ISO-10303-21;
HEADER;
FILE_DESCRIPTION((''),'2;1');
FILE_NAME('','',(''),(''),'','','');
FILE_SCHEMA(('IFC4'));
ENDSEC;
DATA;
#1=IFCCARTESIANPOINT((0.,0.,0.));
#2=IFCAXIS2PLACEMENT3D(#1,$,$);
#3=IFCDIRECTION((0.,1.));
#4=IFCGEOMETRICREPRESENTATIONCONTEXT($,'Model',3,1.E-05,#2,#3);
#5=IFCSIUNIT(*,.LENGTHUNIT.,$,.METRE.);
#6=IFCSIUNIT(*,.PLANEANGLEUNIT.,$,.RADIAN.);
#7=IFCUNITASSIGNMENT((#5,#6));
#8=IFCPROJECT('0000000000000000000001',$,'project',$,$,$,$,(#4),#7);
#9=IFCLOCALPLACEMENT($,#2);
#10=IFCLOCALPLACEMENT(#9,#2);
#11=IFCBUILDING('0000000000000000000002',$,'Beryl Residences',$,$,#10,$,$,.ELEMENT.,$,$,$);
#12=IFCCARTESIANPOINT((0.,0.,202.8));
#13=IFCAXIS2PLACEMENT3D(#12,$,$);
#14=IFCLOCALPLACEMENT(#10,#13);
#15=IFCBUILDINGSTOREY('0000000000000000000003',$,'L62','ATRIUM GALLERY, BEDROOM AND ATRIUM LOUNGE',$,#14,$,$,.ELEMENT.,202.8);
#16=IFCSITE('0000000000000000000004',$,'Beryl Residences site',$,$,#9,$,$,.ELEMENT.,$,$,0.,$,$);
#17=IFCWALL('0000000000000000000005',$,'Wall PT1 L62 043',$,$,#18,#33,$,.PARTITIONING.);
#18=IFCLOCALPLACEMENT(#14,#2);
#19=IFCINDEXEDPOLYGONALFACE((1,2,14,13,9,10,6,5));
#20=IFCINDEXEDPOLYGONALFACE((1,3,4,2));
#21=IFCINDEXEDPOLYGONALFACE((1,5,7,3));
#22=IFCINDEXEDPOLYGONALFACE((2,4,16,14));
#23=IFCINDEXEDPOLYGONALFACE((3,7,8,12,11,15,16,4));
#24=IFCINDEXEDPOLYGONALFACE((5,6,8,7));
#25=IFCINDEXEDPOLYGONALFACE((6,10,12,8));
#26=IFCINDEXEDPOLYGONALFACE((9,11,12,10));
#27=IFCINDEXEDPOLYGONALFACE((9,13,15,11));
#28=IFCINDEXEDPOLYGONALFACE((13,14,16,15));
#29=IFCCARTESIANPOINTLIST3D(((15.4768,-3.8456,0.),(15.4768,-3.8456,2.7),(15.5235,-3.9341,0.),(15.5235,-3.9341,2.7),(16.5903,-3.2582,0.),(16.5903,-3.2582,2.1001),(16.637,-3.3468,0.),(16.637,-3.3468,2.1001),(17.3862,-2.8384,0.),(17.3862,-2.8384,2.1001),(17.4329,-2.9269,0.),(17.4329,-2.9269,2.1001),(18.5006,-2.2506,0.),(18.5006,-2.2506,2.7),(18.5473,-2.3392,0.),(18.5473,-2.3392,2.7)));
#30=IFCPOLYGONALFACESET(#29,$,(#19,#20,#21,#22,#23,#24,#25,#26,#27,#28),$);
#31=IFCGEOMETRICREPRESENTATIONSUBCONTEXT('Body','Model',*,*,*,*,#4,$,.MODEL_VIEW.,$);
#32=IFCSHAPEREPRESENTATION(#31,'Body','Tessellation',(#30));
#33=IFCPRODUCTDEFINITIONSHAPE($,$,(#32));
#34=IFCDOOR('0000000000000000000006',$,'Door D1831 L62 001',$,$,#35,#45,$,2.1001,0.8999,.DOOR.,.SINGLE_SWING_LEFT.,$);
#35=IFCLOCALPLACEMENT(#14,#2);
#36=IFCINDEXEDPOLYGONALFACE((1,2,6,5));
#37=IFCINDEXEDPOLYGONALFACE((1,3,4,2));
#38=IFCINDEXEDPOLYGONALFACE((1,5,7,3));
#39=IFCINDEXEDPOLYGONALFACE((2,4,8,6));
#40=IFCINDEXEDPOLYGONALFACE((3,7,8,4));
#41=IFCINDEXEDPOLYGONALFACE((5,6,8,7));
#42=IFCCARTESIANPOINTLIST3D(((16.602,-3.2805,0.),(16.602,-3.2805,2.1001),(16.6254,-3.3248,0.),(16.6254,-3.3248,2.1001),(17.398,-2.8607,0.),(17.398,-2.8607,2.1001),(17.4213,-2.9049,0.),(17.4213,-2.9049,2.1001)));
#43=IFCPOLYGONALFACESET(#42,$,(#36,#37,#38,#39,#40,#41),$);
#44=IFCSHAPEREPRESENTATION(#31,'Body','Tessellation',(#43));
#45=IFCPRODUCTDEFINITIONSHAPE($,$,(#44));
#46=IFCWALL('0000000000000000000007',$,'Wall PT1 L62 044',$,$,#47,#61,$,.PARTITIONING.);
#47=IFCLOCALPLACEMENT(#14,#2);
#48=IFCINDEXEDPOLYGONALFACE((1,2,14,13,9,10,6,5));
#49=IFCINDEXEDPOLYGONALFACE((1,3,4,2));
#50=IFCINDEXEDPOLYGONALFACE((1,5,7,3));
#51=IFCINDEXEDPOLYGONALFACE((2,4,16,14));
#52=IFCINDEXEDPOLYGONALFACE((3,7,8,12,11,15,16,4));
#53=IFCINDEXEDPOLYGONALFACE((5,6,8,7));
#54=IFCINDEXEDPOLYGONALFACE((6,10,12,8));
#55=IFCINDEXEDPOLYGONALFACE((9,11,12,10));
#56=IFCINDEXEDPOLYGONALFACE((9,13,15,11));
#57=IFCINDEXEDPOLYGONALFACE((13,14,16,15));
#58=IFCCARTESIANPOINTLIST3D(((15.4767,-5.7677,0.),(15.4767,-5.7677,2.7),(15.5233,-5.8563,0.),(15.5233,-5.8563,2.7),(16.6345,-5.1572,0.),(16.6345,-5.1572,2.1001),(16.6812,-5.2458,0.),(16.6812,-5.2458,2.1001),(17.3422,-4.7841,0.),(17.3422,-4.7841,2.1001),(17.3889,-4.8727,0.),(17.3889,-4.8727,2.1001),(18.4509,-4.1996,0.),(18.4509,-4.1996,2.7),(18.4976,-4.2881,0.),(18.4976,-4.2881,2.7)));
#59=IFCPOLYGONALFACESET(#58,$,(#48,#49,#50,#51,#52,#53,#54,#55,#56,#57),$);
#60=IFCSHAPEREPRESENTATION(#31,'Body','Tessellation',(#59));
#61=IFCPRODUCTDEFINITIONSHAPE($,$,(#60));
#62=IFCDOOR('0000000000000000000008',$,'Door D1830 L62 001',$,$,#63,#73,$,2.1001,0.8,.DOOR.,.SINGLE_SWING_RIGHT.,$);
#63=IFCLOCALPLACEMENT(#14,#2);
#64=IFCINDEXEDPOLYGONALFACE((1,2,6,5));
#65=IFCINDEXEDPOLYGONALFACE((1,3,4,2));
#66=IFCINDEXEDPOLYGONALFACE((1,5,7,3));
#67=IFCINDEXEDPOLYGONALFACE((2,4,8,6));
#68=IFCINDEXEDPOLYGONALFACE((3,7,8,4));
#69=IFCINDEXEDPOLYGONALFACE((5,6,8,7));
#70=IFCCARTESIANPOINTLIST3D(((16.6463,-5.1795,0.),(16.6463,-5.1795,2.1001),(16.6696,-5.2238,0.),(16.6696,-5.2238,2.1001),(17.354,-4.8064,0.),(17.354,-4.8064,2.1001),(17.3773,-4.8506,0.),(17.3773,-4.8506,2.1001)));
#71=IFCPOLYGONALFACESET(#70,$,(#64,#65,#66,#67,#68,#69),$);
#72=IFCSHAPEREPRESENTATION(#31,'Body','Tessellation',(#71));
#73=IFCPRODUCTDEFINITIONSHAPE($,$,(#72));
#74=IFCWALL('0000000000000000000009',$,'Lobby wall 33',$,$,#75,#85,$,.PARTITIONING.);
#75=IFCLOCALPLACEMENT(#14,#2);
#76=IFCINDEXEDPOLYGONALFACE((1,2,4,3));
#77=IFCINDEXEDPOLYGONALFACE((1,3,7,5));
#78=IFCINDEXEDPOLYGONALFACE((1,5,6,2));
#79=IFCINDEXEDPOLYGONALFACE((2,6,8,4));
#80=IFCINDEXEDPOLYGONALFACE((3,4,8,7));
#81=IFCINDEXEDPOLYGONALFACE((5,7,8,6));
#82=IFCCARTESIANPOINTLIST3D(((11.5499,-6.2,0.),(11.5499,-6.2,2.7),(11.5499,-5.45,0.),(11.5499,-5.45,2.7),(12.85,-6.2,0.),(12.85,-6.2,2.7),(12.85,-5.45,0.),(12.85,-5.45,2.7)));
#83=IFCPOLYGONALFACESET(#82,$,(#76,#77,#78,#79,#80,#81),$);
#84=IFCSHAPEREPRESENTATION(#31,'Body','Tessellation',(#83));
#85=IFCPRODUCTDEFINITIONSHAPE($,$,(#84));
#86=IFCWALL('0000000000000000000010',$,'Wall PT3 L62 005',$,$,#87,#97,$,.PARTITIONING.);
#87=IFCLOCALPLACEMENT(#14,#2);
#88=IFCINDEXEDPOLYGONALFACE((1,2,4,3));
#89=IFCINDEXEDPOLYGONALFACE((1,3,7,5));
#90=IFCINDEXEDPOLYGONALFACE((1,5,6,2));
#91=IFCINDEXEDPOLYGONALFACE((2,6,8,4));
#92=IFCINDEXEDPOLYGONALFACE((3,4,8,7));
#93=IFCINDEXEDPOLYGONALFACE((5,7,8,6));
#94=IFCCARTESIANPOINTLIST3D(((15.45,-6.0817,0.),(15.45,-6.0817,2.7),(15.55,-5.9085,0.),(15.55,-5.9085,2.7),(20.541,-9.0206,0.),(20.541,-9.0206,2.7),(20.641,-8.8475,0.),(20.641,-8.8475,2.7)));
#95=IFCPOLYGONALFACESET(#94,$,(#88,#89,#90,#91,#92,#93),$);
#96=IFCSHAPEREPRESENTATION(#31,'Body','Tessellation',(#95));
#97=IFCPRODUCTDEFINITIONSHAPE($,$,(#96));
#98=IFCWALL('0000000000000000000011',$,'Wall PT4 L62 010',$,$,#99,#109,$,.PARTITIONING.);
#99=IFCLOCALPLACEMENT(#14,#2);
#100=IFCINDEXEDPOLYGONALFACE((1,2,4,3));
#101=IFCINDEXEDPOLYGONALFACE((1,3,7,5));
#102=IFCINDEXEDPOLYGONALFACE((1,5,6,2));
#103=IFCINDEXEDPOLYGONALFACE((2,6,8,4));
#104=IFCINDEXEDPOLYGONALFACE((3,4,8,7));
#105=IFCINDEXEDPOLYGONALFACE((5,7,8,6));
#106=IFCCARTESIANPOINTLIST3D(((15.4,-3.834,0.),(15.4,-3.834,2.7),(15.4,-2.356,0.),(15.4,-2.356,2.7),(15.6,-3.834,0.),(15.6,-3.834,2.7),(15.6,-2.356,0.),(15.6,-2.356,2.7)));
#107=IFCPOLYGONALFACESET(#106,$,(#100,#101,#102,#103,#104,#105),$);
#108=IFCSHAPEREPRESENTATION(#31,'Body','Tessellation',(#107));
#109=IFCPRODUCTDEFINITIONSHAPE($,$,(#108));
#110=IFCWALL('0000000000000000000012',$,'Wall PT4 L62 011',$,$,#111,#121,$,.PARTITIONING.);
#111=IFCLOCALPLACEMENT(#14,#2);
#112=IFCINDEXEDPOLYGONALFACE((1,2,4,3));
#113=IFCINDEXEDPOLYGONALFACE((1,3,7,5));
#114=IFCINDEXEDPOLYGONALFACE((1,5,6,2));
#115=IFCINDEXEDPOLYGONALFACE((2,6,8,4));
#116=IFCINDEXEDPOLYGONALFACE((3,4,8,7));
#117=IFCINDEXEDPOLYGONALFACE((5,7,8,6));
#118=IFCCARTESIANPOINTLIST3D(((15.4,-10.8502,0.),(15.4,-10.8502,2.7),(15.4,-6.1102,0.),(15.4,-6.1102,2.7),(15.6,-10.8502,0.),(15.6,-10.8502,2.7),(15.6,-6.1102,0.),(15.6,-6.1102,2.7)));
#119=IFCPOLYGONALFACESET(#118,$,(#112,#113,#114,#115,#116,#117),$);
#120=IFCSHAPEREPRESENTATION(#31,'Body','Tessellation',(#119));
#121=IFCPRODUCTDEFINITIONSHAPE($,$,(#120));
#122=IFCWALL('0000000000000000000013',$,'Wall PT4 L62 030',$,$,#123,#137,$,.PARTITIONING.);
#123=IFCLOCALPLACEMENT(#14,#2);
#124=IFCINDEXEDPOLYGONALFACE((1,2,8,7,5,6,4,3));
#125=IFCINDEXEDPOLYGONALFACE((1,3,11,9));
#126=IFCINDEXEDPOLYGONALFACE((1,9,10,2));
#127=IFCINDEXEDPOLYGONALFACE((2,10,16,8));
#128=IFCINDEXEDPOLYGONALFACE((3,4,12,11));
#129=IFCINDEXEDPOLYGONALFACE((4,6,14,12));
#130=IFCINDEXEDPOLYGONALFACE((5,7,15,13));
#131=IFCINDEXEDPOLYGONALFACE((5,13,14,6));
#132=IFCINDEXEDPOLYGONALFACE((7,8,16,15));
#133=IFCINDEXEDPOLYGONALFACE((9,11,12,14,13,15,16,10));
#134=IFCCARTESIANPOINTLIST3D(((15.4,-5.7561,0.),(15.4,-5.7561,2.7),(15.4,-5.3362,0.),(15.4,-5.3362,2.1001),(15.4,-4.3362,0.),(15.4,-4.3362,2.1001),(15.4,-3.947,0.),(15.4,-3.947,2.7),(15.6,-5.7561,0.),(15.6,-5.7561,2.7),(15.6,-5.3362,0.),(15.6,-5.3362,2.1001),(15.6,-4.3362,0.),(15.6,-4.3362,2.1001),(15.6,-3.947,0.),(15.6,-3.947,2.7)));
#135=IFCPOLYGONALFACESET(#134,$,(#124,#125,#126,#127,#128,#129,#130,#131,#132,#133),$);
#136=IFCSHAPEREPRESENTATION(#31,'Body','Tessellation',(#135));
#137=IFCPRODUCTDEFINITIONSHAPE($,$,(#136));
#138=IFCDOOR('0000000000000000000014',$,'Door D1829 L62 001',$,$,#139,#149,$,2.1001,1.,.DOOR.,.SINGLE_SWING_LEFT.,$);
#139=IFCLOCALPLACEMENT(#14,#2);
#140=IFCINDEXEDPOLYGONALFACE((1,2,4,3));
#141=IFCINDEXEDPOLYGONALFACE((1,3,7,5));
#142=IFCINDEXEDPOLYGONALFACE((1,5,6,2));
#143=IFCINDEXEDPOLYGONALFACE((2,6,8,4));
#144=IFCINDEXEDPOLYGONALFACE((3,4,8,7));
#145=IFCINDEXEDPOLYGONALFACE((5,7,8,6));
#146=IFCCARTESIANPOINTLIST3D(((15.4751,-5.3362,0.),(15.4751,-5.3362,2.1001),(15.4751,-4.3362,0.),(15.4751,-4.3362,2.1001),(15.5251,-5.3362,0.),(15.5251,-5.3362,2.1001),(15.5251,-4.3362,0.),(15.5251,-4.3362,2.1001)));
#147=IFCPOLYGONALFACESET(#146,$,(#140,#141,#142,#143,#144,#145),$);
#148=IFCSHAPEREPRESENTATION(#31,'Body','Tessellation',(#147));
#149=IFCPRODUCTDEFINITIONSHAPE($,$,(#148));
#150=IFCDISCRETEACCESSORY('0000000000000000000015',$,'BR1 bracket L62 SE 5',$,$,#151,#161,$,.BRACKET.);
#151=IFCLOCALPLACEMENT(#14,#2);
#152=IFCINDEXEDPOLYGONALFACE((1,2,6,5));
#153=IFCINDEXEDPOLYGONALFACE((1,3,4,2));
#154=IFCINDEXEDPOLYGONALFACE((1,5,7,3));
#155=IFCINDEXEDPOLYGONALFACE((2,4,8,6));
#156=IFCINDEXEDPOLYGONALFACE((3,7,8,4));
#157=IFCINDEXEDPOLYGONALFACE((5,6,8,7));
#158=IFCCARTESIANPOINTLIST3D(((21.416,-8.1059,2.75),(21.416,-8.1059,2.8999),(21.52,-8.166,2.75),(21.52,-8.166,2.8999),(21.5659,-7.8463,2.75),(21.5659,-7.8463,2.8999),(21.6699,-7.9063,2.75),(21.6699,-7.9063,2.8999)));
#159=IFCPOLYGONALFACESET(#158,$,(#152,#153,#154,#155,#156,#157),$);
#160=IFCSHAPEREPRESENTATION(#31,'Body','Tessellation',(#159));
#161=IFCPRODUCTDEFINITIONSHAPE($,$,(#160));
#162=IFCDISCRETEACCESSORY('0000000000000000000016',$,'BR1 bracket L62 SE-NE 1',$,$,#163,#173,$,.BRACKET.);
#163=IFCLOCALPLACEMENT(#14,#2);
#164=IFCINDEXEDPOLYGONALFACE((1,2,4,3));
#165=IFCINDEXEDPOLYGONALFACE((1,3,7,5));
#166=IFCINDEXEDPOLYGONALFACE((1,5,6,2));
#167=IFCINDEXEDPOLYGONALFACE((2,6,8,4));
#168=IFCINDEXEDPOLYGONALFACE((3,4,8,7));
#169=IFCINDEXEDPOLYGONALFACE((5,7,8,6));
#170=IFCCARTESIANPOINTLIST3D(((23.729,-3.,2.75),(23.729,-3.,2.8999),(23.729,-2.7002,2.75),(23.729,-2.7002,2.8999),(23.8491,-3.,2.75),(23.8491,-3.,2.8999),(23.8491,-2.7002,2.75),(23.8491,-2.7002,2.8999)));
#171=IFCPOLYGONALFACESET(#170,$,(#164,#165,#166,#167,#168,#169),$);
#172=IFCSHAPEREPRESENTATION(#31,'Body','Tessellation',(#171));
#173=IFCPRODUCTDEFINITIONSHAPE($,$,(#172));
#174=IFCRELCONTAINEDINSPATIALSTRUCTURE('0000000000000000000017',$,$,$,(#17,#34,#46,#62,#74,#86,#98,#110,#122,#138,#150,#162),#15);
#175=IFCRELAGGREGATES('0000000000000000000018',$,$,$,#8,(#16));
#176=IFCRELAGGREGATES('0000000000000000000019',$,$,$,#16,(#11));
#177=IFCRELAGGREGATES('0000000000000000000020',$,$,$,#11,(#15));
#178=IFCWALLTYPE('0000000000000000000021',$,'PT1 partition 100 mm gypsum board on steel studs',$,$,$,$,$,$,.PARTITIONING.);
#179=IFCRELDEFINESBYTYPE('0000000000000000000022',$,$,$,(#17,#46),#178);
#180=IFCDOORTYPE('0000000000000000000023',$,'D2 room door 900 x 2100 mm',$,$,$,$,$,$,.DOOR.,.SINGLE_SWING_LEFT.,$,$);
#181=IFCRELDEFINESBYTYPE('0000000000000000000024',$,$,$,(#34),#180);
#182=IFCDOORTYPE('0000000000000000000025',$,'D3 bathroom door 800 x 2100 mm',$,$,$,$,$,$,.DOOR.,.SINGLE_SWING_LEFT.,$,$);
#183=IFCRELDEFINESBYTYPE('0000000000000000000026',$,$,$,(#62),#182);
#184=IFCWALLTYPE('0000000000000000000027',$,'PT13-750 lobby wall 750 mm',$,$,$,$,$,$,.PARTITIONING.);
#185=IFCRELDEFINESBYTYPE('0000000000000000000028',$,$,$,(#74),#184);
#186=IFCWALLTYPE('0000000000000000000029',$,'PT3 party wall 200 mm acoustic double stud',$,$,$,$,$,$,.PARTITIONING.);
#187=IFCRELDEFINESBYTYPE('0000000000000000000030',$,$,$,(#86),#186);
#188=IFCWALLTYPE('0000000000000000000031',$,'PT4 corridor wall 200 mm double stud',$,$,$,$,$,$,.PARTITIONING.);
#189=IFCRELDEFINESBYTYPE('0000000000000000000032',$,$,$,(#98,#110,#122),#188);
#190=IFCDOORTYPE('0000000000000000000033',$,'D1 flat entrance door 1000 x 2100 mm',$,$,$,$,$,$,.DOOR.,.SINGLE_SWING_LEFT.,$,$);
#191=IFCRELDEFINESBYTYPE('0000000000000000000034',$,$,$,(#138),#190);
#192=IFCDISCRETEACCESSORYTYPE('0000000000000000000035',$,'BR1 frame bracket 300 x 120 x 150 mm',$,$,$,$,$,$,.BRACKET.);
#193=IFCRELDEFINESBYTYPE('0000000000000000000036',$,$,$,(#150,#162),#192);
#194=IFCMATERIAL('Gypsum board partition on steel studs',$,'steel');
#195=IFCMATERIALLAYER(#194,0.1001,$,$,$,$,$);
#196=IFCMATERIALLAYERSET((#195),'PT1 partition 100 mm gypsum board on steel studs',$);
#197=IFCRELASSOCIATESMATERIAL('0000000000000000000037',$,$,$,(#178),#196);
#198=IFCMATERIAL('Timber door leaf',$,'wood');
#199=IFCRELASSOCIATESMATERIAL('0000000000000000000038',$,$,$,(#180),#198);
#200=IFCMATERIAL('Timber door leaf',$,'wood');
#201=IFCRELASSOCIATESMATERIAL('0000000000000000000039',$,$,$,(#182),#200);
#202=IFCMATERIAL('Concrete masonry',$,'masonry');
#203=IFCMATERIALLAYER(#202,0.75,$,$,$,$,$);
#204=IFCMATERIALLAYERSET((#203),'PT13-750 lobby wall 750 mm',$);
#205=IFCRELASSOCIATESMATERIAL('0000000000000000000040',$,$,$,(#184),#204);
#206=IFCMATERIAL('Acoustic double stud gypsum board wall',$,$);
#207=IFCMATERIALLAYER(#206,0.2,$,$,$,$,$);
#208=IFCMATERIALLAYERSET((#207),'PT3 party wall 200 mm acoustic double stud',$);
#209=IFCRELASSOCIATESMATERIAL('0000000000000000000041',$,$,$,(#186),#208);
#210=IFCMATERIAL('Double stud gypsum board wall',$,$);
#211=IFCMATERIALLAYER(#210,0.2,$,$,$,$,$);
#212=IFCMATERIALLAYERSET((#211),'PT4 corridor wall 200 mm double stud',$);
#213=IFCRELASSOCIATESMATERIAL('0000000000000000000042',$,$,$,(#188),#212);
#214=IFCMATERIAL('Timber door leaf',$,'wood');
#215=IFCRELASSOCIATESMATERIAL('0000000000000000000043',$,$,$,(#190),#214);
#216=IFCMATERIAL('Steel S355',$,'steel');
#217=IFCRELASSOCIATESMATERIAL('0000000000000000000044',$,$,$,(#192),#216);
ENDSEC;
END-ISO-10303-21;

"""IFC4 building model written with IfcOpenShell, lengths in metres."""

from ifc_helpers import new_model, si_unit, direction, frame, frame_2d, origin, place, context, subcontext, project, spatial, polyline, rectangle, outline, extrude, source, transform, mapped, material, layer, layer_set, type_object, type_shapes, element, fill, save


model = new_model("IFC4")

# Units and contexts
model_context = context("Model", 3, precision=1e-05, world=origin(), true_north=direction((0.0, 1.0)))
body_context = subcontext(model_context, "Body", "Model", "MODEL_VIEW")
ifc_project = project(units=[si_unit("LENGTHUNIT", "METRE"), si_unit("PLANEANGLEUNIT", "RADIAN")], contexts=[model_context])

# Site, building, storey
site_placement = place(None, origin())
site = spatial("IfcSite", under=ifc_project, at=site_placement, Name="Beryl Residences site", CompositionType="ELEMENT", RefElevation=0.0)
building_placement = place(site_placement, origin())
building = spatial("IfcBuilding", under=site, at=building_placement, Name="Beryl Residences", CompositionType="ELEMENT")
storey_placement = place(building_placement, frame((0.0, 0.0, 202.8)))
storey = spatial("IfcBuildingStorey", under=building, at=storey_placement, Name="L62", Description="ATRIUM GALLERY, BEDROOM AND ATRIUM LOUNGE", CompositionType="ELEMENT", Elevation=202.8)

# Walls, openings, doors
ifc_material_1 = material(Name="Gypsum board partition on steel studs", Category="steel")
ifc_layer_1 = layer(ifc_material_1, 0.1001)
ifc_layer_set_1 = layer_set([ifc_layer_1], Name="PT1 partition 100 mm gypsum board on steel studs")
wall_type_1 = type_object("IfcWallType", Name="PT1 partition 100 mm gypsum board on steel studs", PredefinedType="PARTITIONING", material=ifc_layer_set_1)
ifc_material_2 = material(Name="Timber door leaf", Category="wood")
door_type_1 = type_object("IfcDoorType", Name="D2 room door 900 x 2100 mm", OperationType="SINGLE_SWING_LEFT", PredefinedType="DOOR", material=ifc_material_2)
wall_1_placement = place(storey_placement, frame((15.5, -3.8899, 0.0), z_axis=(0.0, 0.0, 1.0), x_axis=(0.884504, 0.466532, 0.0)))
wall_1 = element("IfcWall", 1, at=wall_1_placement, inside=storey, type_object=wall_type_1, Name="Wall PT1 L62 043", PredefinedType="PARTITIONING", context=body_context, shape_type="SweptSolid", body=[
    extrude(rectangle(XDim=3.4187, YDim=0.1001, at=frame_2d((1.7095, 0.0))), origin(), (0.0, 0.0, 1.0), 2.7),
])
opening_1_placement = place(wall_1_placement, frame((1.259, 0.0, 0.0)))
opening_1 = element("IfcOpeningElement", 2, at=opening_1_placement, cuts=wall_1, PredefinedType="OPENING", context=body_context, shape_type="SweptSolid", body=[
    extrude(rectangle(XDim=0.8999, YDim=2.1001, at=frame_2d((0.45, 1.05))), frame((0.0, 0.0601, 0.0), z_axis=(0.0, -1.0, 0.0), x_axis=(1.0, 0.0, 0.0)), (0.0, 0.0, 1.0), 0.1201),
])
door_1_placement = place(opening_1_placement, origin())
door_1 = element("IfcDoor", 3, at=door_1_placement, inside=storey, type_object=door_type_1, Name="Door D1831 L62 001", OperationType="SINGLE_SWING_LEFT", OverallHeight=2.1001, OverallWidth=0.8999, PredefinedType="DOOR", context=body_context, shape_type="SweptSolid", body=[
    extrude(rectangle(XDim=0.8999, YDim=2.1001, at=frame_2d((0.45, 1.05))), frame((0.0, 0.0249, 0.0), z_axis=(0.0, -1.0, 0.0), x_axis=(1.0, 0.0, 0.0)), (0.0, 0.0, 1.0), 0.05),
])
fill(opening_1, door_1)
wall_2_placement = place(storey_placement, frame((15.5, -5.812, 0.0), z_axis=(0.0, 0.0, 1.0), x_axis=(0.884576, 0.466396, 0.0)))
wall_2 = element("IfcWall", 4, at=wall_2_placement, inside=storey, type_object=wall_type_1, Name="Wall PT1 L62 044", PredefinedType="PARTITIONING", context=body_context, shape_type="SweptSolid", body=[
    extrude(rectangle(XDim=3.3623, YDim=0.1001, at=frame_2d((1.6812, 0.0))), origin(), (0.0, 0.0, 1.0), 2.7),
])
opening_2_placement = place(wall_2_placement, frame((1.3091, 0.0, 0.0)))
opening_2 = element("IfcOpeningElement", 5, at=opening_2_placement, cuts=wall_2, PredefinedType="OPENING", context=body_context, shape_type="SweptSolid", body=[
    extrude(rectangle(XDim=0.8, YDim=2.1001, at=frame_2d((0.3999, 1.05))), frame((0.0, 0.0601, 0.0), z_axis=(0.0, -1.0, 0.0), x_axis=(1.0, 0.0, 0.0)), (0.0, 0.0, 1.0), 0.1201),
])
ifc_material_3 = material(Name="Timber door leaf", Category="wood")
door_type_2 = type_object("IfcDoorType", Name="D3 bathroom door 800 x 2100 mm", OperationType="SINGLE_SWING_LEFT", PredefinedType="DOOR", material=ifc_material_3)
door_2_placement = place(opening_2_placement, origin())
door_2 = element("IfcDoor", 6, at=door_2_placement, inside=storey, type_object=door_type_2, Name="Door D1830 L62 001", OperationType="SINGLE_SWING_RIGHT", OverallHeight=2.1001, OverallWidth=0.8, PredefinedType="DOOR", context=body_context, shape_type="SweptSolid", body=[
    extrude(rectangle(XDim=0.8, YDim=2.1001, at=frame_2d((0.3999, 1.05))), frame((0.0, 0.0249, 0.0), z_axis=(0.0, -1.0, 0.0), x_axis=(1.0, 0.0, 0.0)), (0.0, 0.0, 1.0), 0.05),
])
fill(opening_2, door_2)

# Walls
ifc_material_4 = material(Name="Concrete masonry", Category="masonry")
ifc_layer_2 = layer(ifc_material_4, 0.75)
ifc_layer_set_2 = layer_set([ifc_layer_2], Name="PT13-750 lobby wall 750 mm")
wall_type_2 = type_object("IfcWallType", Name="PT13-750 lobby wall 750 mm", PredefinedType="PARTITIONING", material=ifc_layer_set_2)
wall_3_placement = place(storey_placement, frame((11.55, -5.825, 0.0), z_axis=(0.0, 0.0, 1.0), x_axis=(1.0, 0.0, 0.0)))
element("IfcWall", 7, at=wall_3_placement, inside=storey, type_object=wall_type_2, Name="Lobby wall 33", PredefinedType="PARTITIONING", context=body_context, shape_type="SweptSolid", body=[
    extrude(rectangle(XDim=1.3, YDim=0.75, at=frame_2d((0.6499, 0.0))), origin(), (0.0, 0.0, 1.0), 2.7),
])
ifc_material_5 = material(Name="Acoustic double stud gypsum board wall")
ifc_layer_3 = layer(ifc_material_5, 0.2)
ifc_layer_set_3 = layer_set([ifc_layer_3], Name="PT3 party wall 200 mm acoustic double stud")
wall_type_3 = type_object("IfcWallType", Name="PT3 party wall 200 mm acoustic double stud", PredefinedType="PARTITIONING", material=ifc_layer_set_3)
wall_4_placement = place(storey_placement, frame((15.5, -5.9951, 0.0), z_axis=(0.0, 0.0, 1.0), x_axis=(0.866052, -0.499954, 0.0)))
element("IfcWall", 8, at=wall_4_placement, inside=storey, type_object=wall_type_3, Name="Wall PT3 L62 005", PredefinedType="PARTITIONING", context=body_context, shape_type="SweptSolid", body=[
    extrude(rectangle(XDim=5.8784, YDim=0.2, at=frame_2d((2.9392, 0.0))), origin(), (0.0, 0.0, 1.0), 2.7),
])
ifc_material_6 = material(Name="Double stud gypsum board wall")
ifc_layer_4 = layer(ifc_material_6, 0.2)
ifc_layer_set_4 = layer_set([ifc_layer_4], Name="PT4 corridor wall 200 mm double stud")
wall_type_4 = type_object("IfcWallType", Name="PT4 corridor wall 200 mm double stud", PredefinedType="PARTITIONING", material=ifc_layer_set_4)
wall_5_placement = place(storey_placement, frame((15.5, -2.356, 0.0), z_axis=(0.0, 0.0, 1.0), x_axis=(0.0, -1.0, 0.0)))
element("IfcWall", 9, at=wall_5_placement, inside=storey, type_object=wall_type_4, Name="Wall PT4 L62 010", PredefinedType="PARTITIONING", context=body_context, shape_type="SweptSolid", body=[
    extrude(rectangle(XDim=1.478, YDim=0.2, at=frame_2d((0.739, 0.0))), origin(), (0.0, 0.0, 1.0), 2.7),
])
wall_6_placement = place(storey_placement, frame((15.5, -6.1101, 0.0), z_axis=(0.0, 0.0, 1.0), x_axis=(0.0, -1.0, 0.0)))
element("IfcWall", 10, at=wall_6_placement, inside=storey, type_object=wall_type_4, Name="Wall PT4 L62 011", PredefinedType="PARTITIONING", context=body_context, shape_type="SweptSolid", body=[
    extrude(rectangle(XDim=4.74, YDim=0.2, at=frame_2d((2.3701, 0.0))), origin(), (0.0, 0.0, 1.0), 2.7),
])

# Wall, opening, door
wall_7_placement = place(storey_placement, frame((15.5, -5.7561, 0.0), z_axis=(0.0, 0.0, 1.0), x_axis=(0.0, 1.0, 0.0)))
wall_7 = element("IfcWall", 11, at=wall_7_placement, inside=storey, type_object=wall_type_4, Name="Wall PT4 L62 030", PredefinedType="PARTITIONING", context=body_context, shape_type="SweptSolid", body=[
    extrude(rectangle(XDim=1.8091, YDim=0.2, at=frame_2d((0.9045, 0.0))), origin(), (0.0, 0.0, 1.0), 2.7),
])
opening_3_placement = place(wall_7_placement, frame((0.4199, 0.0, 0.0)))
opening_3 = element("IfcOpeningElement", 12, at=opening_3_placement, cuts=wall_7, PredefinedType="OPENING", context=body_context, shape_type="SweptSolid", body=[
    extrude(rectangle(XDim=1.0, YDim=2.1001, at=frame_2d((0.5, 1.05))), frame((0.0, 0.1099, 0.0), z_axis=(0.0, -1.0, 0.0), x_axis=(1.0, 0.0, 0.0)), (0.0, 0.0, 1.0), 0.22),
])
ifc_material_7 = material(Name="Timber door leaf", Category="wood")
door_type_3 = type_object("IfcDoorType", Name="D1 flat entrance door 1000 x 2100 mm", OperationType="SINGLE_SWING_LEFT", PredefinedType="DOOR", material=ifc_material_7)
door_3_placement = place(opening_3_placement, origin())
door_3 = element("IfcDoor", 13, at=door_3_placement, inside=storey, type_object=door_type_3, Name="Door D1829 L62 001", OperationType="SINGLE_SWING_LEFT", OverallHeight=2.1001, OverallWidth=1.0, PredefinedType="DOOR", context=body_context, shape_type="SweptSolid", body=[
    extrude(rectangle(XDim=1.0, YDim=2.1001, at=frame_2d((0.5, 1.05))), frame((0.0, 0.0249, 0.0), z_axis=(0.0, -1.0, 0.0), x_axis=(1.0, 0.0, 0.0)), (0.0, 0.0, 1.0), 0.05),
])
fill(opening_3, door_3)

# Discrete accessories
ifc_material_8 = material(Name="Steel S355", Category="steel")
discrete_accessory_type = type_object("IfcDiscreteAccessoryType", Name="BR1 frame bracket 300 x 120 x 150 mm", PredefinedType="BRACKET", material=ifc_material_8)
shared_shape_1 = source(origin(), body_context, "Body", "SweptSolid", [
    extrude(outline(polyline([(-0.1499, 0.0), (0.1499, 0.0), (0.1499, 0.1201), (-0.1499, 0.1201), (-0.1499, 0.0)])), origin(), (0.0, 0.0, 1.0), 0.1499),
])
type_shapes(discrete_accessory_type, [shared_shape_1])
for number, where, z_axis, x_axis, name in (
    (14, (21.491, -7.9761, 2.75), (0.0, 0.0, 1.0), (-0.5, -0.866025, 0.0), "BR1 bracket L62 SE 5"),
    (15, (23.729, -2.8501, 2.75), (0.0, 0.0, 1.0), (0.0, -1.0, 0.0), "BR1 bracket L62 SE-NE 1"),
):
    element("IfcDiscreteAccessory", number, at=place(storey_placement, frame(where, z_axis=z_axis, x_axis=x_axis)), inside=storey, type_object=discrete_accessory_type, Name=name, PredefinedType="BRACKET", context=body_context, shape_type="MappedRepresentation", body=[
        mapped(shared_shape_1, transform((0.0, 0.0, 0.0))),
    ])

save(model, "model.ifc")
